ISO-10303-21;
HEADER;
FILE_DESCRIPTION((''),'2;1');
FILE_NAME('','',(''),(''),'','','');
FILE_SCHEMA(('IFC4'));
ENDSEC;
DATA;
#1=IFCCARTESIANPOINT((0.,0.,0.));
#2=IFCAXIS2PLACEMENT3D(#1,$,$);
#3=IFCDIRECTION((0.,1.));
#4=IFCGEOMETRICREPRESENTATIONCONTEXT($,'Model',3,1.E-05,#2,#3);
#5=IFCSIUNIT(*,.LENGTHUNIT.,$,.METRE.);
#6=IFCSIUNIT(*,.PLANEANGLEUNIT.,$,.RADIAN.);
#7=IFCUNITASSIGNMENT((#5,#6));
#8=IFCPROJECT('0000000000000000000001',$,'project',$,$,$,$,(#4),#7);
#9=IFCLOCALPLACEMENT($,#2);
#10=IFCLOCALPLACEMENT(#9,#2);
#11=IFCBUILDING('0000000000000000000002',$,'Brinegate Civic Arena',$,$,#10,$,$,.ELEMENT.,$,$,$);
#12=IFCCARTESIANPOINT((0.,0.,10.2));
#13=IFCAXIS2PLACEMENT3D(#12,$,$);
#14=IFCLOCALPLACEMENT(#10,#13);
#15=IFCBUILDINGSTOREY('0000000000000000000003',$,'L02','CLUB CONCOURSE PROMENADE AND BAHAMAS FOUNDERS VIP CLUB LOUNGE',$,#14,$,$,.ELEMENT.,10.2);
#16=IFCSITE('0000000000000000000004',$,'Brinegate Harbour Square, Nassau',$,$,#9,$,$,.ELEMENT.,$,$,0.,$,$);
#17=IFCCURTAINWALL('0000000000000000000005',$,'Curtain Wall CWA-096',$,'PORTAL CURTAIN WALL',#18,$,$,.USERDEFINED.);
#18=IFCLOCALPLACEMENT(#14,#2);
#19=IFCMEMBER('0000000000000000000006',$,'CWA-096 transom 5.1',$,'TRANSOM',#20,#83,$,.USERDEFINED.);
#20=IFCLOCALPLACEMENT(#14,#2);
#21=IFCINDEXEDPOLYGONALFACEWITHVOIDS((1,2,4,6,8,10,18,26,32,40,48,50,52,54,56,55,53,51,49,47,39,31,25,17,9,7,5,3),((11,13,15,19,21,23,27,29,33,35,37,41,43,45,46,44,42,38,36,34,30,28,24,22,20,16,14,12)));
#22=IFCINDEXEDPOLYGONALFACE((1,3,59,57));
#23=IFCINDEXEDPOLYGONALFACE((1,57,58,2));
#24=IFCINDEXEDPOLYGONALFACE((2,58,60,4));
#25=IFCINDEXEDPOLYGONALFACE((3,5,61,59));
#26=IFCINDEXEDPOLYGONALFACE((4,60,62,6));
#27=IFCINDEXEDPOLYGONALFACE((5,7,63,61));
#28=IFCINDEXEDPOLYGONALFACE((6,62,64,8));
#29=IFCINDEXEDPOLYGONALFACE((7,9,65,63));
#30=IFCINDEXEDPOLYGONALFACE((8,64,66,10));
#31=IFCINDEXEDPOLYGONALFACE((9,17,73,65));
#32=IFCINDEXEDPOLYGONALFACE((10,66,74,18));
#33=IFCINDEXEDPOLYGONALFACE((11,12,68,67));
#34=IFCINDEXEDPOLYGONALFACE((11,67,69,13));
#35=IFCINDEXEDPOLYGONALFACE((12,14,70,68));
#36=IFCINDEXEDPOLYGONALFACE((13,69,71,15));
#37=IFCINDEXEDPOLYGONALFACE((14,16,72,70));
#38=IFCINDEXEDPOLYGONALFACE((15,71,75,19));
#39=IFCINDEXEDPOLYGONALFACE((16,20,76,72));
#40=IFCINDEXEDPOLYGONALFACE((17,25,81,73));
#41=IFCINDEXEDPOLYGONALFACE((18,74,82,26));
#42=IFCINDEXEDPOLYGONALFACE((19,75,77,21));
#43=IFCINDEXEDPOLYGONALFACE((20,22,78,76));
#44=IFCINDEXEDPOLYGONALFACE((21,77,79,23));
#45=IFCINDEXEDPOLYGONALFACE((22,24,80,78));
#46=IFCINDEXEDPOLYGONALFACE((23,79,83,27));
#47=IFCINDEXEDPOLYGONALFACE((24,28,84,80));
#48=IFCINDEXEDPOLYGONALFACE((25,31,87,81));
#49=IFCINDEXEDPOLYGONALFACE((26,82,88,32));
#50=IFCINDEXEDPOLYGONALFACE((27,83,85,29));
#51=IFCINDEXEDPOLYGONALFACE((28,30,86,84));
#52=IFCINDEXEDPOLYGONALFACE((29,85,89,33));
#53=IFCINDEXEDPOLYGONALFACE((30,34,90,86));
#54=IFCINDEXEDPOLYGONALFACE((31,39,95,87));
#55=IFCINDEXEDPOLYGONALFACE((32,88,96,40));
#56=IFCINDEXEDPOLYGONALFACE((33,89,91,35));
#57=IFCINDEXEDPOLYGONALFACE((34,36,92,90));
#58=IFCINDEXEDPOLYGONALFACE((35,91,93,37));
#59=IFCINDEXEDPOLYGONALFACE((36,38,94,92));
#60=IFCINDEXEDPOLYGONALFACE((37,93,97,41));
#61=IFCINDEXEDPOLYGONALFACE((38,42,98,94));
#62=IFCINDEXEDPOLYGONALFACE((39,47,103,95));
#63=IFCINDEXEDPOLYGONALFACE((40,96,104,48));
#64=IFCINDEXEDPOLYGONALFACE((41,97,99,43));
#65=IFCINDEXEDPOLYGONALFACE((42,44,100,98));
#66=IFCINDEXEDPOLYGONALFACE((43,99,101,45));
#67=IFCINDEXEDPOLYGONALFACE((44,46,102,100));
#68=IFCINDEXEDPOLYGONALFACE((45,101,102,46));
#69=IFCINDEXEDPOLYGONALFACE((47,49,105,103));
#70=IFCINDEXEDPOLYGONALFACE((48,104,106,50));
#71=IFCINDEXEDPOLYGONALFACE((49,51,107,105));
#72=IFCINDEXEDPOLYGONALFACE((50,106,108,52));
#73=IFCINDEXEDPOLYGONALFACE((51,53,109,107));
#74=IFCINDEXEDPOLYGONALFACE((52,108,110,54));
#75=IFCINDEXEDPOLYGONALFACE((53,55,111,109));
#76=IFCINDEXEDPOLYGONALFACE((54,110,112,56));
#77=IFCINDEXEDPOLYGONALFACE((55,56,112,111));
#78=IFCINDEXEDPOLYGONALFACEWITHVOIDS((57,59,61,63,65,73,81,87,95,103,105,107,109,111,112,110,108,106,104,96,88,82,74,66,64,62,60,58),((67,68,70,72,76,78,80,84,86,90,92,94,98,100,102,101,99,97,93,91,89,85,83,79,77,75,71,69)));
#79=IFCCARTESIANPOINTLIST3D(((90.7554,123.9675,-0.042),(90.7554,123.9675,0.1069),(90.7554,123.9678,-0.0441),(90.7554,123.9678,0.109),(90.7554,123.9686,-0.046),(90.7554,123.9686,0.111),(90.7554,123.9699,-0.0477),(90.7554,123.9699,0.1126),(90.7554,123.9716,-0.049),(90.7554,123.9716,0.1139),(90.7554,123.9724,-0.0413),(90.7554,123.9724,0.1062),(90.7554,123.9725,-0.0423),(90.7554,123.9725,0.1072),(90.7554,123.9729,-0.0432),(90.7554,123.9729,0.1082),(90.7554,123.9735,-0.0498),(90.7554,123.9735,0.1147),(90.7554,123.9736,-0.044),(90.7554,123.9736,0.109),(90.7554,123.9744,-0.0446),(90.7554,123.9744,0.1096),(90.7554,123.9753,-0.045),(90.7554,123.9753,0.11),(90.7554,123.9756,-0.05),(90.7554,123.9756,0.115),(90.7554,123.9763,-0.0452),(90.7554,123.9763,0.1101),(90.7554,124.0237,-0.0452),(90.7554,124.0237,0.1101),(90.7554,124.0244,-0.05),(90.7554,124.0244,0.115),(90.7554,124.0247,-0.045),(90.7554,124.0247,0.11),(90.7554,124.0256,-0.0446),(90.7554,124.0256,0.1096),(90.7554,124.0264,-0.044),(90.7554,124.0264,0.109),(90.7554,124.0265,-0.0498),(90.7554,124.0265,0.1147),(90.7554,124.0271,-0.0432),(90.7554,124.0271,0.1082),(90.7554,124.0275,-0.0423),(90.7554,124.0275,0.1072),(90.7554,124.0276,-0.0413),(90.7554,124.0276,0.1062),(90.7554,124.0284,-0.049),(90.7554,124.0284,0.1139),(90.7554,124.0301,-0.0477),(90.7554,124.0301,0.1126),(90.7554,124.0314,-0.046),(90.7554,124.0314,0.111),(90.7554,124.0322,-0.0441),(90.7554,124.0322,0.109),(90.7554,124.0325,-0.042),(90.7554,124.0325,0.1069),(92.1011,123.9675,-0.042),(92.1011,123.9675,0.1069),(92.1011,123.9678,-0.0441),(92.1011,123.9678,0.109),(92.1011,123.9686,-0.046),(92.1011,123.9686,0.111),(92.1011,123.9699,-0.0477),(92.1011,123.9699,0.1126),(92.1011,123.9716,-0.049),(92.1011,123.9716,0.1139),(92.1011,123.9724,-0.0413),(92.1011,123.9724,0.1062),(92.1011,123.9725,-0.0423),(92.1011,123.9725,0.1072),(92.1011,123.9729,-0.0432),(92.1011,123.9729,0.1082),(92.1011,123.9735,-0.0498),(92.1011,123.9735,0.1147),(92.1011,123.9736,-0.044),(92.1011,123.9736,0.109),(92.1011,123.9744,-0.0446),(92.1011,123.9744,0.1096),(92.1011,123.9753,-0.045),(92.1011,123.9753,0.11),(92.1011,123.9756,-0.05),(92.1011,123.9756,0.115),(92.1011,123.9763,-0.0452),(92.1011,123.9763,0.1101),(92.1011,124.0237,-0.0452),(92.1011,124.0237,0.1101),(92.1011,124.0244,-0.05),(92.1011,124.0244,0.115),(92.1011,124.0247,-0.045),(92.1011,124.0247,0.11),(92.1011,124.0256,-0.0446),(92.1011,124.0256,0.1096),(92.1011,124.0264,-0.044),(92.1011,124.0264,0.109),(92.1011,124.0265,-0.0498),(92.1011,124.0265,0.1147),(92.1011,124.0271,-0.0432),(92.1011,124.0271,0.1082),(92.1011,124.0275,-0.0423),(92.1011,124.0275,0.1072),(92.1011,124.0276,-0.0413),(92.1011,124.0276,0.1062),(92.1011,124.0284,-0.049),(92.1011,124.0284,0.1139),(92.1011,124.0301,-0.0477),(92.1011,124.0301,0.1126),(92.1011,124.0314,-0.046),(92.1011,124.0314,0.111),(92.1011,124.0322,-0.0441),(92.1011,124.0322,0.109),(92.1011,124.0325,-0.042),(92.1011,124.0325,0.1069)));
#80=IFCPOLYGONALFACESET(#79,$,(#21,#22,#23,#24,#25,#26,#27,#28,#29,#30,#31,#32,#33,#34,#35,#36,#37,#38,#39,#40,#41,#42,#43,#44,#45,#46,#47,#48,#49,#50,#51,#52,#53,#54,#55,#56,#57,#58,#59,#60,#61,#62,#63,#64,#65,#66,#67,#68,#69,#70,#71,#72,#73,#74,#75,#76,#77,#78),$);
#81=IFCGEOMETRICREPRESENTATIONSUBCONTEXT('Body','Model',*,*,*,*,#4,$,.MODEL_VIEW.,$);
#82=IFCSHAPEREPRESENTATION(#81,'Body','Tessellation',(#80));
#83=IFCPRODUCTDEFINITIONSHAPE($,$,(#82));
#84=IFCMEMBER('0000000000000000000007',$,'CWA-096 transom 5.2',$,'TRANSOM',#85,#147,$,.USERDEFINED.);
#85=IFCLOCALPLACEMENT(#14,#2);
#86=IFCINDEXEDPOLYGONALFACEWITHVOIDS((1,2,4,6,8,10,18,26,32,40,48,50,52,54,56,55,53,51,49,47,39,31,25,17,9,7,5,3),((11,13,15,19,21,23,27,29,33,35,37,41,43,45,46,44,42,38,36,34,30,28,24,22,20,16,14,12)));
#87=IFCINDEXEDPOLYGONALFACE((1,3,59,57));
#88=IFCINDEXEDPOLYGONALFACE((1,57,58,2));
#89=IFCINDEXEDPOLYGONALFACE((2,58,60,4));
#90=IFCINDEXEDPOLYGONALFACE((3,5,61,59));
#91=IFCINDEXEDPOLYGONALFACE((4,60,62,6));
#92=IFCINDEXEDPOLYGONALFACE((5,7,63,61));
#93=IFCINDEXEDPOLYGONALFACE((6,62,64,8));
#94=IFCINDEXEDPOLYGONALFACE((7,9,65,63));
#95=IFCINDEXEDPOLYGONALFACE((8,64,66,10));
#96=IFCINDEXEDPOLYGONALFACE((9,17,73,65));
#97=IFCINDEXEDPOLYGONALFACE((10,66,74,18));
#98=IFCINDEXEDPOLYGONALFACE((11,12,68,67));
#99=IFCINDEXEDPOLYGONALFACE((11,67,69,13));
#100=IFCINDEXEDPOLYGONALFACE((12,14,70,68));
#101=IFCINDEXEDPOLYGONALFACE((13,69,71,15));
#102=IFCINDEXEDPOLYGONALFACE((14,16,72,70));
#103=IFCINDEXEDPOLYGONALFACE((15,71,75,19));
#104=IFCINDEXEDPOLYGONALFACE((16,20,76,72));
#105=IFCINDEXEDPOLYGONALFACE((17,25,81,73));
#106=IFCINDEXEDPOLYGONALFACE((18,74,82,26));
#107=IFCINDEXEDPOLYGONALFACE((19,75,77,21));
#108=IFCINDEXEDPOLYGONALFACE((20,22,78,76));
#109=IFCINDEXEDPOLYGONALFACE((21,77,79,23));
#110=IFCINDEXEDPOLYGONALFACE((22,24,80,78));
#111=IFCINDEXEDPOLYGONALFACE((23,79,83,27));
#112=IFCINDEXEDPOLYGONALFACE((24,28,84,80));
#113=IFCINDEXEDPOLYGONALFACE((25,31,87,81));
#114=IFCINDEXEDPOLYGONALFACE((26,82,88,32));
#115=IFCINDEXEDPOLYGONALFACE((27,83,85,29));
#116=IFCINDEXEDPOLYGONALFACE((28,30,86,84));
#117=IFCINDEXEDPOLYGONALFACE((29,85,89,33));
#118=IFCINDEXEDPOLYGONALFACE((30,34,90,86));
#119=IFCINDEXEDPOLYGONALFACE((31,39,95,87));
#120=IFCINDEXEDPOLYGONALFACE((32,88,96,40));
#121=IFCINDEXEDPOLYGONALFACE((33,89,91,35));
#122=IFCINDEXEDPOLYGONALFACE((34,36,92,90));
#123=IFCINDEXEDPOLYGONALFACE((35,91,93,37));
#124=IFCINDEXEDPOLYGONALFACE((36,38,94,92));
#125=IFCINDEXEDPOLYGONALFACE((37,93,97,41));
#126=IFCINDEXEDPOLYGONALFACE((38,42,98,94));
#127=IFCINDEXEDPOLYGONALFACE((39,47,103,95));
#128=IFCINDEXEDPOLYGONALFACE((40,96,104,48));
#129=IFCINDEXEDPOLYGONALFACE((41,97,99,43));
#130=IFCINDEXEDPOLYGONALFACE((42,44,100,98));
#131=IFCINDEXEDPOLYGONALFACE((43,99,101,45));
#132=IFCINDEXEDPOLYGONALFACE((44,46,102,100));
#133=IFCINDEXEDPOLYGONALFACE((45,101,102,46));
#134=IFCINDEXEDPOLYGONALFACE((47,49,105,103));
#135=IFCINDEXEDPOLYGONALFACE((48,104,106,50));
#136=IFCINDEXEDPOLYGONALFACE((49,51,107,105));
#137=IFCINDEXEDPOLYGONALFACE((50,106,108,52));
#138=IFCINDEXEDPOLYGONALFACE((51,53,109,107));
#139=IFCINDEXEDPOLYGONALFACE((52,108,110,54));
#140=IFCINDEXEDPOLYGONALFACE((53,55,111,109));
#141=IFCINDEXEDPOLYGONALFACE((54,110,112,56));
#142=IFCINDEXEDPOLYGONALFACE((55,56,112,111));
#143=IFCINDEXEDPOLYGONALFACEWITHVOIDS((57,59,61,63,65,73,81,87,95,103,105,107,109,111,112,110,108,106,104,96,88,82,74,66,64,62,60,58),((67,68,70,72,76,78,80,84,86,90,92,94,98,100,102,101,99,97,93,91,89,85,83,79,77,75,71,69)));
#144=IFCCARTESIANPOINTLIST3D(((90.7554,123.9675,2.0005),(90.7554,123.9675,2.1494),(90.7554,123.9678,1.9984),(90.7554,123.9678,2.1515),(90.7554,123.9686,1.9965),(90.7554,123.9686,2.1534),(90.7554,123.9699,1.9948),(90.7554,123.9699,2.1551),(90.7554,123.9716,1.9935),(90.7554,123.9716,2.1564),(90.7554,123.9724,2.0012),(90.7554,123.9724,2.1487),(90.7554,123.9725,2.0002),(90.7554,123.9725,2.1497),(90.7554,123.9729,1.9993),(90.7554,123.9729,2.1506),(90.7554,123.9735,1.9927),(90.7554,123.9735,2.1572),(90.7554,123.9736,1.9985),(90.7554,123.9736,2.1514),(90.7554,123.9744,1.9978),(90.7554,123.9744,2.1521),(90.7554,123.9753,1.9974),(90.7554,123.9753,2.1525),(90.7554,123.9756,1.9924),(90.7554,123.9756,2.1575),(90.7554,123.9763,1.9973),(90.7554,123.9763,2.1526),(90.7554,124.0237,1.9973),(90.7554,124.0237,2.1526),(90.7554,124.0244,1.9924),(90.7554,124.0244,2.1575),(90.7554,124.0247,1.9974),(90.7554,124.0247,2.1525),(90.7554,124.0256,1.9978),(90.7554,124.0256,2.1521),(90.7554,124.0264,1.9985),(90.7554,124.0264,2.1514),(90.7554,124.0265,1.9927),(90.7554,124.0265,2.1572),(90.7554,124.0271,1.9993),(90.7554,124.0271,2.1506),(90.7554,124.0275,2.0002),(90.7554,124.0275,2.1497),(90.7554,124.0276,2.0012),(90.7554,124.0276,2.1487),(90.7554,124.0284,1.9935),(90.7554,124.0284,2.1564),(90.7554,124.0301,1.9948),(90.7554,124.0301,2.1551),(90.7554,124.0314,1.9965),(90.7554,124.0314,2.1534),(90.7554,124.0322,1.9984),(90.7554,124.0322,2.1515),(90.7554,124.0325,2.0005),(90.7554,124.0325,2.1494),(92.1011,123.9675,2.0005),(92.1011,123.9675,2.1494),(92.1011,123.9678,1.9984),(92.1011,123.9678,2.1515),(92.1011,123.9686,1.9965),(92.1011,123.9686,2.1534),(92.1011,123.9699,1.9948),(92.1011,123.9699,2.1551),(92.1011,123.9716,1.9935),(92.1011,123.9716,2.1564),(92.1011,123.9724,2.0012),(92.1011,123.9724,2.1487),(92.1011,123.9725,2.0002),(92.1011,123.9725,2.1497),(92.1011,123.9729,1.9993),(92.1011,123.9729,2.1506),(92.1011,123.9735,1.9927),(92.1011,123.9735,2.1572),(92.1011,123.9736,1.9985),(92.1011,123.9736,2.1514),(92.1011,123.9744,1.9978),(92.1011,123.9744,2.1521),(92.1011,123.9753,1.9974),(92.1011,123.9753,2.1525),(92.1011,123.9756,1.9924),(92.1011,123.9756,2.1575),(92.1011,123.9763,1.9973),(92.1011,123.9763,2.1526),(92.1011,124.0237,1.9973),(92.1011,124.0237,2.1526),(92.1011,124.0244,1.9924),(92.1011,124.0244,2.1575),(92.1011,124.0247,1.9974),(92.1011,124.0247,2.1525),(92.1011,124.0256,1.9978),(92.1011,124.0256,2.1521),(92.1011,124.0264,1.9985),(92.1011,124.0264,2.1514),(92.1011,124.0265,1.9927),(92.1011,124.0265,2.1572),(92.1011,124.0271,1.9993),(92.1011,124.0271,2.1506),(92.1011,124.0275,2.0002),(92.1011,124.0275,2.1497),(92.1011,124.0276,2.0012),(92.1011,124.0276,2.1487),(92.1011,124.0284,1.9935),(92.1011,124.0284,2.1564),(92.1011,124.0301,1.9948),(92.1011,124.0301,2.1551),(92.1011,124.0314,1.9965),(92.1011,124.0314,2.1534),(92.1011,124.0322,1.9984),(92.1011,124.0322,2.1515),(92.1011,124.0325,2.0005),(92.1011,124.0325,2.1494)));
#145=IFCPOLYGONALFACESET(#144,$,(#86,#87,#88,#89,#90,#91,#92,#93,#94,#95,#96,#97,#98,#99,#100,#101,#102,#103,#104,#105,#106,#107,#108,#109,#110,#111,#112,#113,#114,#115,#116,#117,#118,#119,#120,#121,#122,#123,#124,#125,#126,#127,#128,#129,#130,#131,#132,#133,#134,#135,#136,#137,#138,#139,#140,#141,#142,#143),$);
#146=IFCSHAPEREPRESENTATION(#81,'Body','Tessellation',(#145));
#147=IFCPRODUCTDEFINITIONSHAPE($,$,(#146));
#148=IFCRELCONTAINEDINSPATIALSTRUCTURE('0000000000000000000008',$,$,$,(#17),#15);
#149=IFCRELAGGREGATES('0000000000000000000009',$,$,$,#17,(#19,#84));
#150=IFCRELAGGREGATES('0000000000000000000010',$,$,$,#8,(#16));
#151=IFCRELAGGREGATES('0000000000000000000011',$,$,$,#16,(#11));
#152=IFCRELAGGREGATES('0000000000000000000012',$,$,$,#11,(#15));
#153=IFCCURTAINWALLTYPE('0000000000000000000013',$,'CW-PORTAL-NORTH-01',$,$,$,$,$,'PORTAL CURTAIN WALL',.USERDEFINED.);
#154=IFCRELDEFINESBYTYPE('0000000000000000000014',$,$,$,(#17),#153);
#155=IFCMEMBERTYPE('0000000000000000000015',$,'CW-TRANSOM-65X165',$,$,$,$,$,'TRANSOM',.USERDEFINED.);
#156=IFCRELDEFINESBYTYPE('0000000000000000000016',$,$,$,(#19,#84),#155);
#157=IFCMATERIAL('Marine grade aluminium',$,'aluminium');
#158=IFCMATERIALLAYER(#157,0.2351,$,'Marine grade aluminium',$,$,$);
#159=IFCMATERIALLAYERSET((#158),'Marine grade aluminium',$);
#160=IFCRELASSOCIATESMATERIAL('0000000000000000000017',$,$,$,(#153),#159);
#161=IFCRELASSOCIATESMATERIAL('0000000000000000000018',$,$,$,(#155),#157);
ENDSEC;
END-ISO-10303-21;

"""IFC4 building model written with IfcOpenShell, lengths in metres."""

from ifc_helpers import new_model, si_unit, direction, frame, origin, origin_2d, place, context, subcontext, project, spatial, hollow_rectangle, extrude, material, layer, layer_set, material_profile, profile_set, type_object, element, aggregate, save


model = new_model("IFC4")

# Units and contexts
model_context = context("Model", 3, precision=1e-05, world=origin(), true_north=direction((0.0, 1.0)))
body_context = subcontext(model_context, "Body", "Model", "MODEL_VIEW")
ifc_project = project(units=[si_unit("LENGTHUNIT", "METRE"), si_unit("PLANEANGLEUNIT", "RADIAN")], contexts=[model_context])

# Site, building, storey
site_placement = place(None, origin())
site = spatial("IfcSite", under=ifc_project, at=site_placement, Name="Brinegate Harbour Square, Nassau", CompositionType="ELEMENT", RefElevation=0.0)
building_placement = place(site_placement, origin())
building = spatial("IfcBuilding", under=site, at=building_placement, Name="Brinegate Civic Arena", CompositionType="ELEMENT")
storey_placement = place(building_placement, frame((0.0, 0.0, 10.2)))
storey = spatial("IfcBuildingStorey", under=building, at=storey_placement, Name="L02", Description="CLUB CONCOURSE PROMENADE AND BAHAMAS FOUNDERS VIP CLUB LOUNGE", CompositionType="ELEMENT", Elevation=10.2)

# Curtain wall, members
ifc_material_1 = material(Name="Marine grade aluminium", Category="aluminium")
ifc_layer_1 = layer(ifc_material_1, 0.2351, Name="Marine grade aluminium")
ifc_layer_set_1 = layer_set([ifc_layer_1], Name="Marine grade aluminium")
curtain_wall_type = type_object("IfcCurtainWallType", Name="CW-PORTAL-NORTH-01", ElementType="PORTAL CURTAIN WALL", PredefinedType="USERDEFINED", material=ifc_layer_set_1)
curtain_wall_placement = place(storey_placement, origin())
curtain_wall = element("IfcCurtainWall", 1, at=curtain_wall_placement, inside=storey, type_object=curtain_wall_type, Name="Curtain Wall CWA-096", ObjectType="PORTAL CURTAIN WALL", PredefinedType="USERDEFINED")
ifc_material_profile_1 = material_profile(ifc_material_1, hollow_rectangle(XDim=0.0649, YDim=0.165, WallThickness=0.0049, InnerFilletRadius=0.0039, OuterFilletRadius=0.0081, at=origin_2d()), Name="TRN65X165")
ifc_profile_set_1 = profile_set([ifc_material_profile_1], Name="Marine grade aluminium")
member_type_1 = type_object("IfcMemberType", Name="CW-TRANSOM-65X165", ElementType="TRANSOM", PredefinedType="USERDEFINED", material=ifc_profile_set_1)
member_1_placement = place(storey_placement, frame((90.7554, 124.0, 0.0325), z_axis=(1.0, 0.0, 0.0), x_axis=(0.0, 1.0, 0.0)))
member_1 = element("IfcMember", 2, at=member_1_placement, type_object=member_type_1, Name="CWA-096 transom 5.1", ObjectType="TRANSOM", PredefinedType="USERDEFINED", context=body_context, shape_type="SweptSolid", body=[
    extrude(hollow_rectangle(XDim=0.0649, YDim=0.165, WallThickness=0.0049, InnerFilletRadius=0.0039, OuterFilletRadius=0.0081, at=origin_2d()), origin(), (0.0, 0.0, 1.0), 1.3457),
])
member_2_placement = place(storey_placement, frame((90.7554, 124.0, 2.075), z_axis=(1.0, 0.0, 0.0), x_axis=(0.0, 1.0, 0.0)))
member_2 = element("IfcMember", 3, at=member_2_placement, type_object=member_type_1, Name="CWA-096 transom 5.2", ObjectType="TRANSOM", PredefinedType="USERDEFINED", context=body_context, shape_type="SweptSolid", body=[
    extrude(hollow_rectangle(XDim=0.0649, YDim=0.165, WallThickness=0.0049, InnerFilletRadius=0.0039, OuterFilletRadius=0.0081, at=origin_2d()), origin(), (0.0, 0.0, 1.0), 1.3457),
])

aggregate(curtain_wall, [member_1, member_2])

save(model, "model.ifc")
